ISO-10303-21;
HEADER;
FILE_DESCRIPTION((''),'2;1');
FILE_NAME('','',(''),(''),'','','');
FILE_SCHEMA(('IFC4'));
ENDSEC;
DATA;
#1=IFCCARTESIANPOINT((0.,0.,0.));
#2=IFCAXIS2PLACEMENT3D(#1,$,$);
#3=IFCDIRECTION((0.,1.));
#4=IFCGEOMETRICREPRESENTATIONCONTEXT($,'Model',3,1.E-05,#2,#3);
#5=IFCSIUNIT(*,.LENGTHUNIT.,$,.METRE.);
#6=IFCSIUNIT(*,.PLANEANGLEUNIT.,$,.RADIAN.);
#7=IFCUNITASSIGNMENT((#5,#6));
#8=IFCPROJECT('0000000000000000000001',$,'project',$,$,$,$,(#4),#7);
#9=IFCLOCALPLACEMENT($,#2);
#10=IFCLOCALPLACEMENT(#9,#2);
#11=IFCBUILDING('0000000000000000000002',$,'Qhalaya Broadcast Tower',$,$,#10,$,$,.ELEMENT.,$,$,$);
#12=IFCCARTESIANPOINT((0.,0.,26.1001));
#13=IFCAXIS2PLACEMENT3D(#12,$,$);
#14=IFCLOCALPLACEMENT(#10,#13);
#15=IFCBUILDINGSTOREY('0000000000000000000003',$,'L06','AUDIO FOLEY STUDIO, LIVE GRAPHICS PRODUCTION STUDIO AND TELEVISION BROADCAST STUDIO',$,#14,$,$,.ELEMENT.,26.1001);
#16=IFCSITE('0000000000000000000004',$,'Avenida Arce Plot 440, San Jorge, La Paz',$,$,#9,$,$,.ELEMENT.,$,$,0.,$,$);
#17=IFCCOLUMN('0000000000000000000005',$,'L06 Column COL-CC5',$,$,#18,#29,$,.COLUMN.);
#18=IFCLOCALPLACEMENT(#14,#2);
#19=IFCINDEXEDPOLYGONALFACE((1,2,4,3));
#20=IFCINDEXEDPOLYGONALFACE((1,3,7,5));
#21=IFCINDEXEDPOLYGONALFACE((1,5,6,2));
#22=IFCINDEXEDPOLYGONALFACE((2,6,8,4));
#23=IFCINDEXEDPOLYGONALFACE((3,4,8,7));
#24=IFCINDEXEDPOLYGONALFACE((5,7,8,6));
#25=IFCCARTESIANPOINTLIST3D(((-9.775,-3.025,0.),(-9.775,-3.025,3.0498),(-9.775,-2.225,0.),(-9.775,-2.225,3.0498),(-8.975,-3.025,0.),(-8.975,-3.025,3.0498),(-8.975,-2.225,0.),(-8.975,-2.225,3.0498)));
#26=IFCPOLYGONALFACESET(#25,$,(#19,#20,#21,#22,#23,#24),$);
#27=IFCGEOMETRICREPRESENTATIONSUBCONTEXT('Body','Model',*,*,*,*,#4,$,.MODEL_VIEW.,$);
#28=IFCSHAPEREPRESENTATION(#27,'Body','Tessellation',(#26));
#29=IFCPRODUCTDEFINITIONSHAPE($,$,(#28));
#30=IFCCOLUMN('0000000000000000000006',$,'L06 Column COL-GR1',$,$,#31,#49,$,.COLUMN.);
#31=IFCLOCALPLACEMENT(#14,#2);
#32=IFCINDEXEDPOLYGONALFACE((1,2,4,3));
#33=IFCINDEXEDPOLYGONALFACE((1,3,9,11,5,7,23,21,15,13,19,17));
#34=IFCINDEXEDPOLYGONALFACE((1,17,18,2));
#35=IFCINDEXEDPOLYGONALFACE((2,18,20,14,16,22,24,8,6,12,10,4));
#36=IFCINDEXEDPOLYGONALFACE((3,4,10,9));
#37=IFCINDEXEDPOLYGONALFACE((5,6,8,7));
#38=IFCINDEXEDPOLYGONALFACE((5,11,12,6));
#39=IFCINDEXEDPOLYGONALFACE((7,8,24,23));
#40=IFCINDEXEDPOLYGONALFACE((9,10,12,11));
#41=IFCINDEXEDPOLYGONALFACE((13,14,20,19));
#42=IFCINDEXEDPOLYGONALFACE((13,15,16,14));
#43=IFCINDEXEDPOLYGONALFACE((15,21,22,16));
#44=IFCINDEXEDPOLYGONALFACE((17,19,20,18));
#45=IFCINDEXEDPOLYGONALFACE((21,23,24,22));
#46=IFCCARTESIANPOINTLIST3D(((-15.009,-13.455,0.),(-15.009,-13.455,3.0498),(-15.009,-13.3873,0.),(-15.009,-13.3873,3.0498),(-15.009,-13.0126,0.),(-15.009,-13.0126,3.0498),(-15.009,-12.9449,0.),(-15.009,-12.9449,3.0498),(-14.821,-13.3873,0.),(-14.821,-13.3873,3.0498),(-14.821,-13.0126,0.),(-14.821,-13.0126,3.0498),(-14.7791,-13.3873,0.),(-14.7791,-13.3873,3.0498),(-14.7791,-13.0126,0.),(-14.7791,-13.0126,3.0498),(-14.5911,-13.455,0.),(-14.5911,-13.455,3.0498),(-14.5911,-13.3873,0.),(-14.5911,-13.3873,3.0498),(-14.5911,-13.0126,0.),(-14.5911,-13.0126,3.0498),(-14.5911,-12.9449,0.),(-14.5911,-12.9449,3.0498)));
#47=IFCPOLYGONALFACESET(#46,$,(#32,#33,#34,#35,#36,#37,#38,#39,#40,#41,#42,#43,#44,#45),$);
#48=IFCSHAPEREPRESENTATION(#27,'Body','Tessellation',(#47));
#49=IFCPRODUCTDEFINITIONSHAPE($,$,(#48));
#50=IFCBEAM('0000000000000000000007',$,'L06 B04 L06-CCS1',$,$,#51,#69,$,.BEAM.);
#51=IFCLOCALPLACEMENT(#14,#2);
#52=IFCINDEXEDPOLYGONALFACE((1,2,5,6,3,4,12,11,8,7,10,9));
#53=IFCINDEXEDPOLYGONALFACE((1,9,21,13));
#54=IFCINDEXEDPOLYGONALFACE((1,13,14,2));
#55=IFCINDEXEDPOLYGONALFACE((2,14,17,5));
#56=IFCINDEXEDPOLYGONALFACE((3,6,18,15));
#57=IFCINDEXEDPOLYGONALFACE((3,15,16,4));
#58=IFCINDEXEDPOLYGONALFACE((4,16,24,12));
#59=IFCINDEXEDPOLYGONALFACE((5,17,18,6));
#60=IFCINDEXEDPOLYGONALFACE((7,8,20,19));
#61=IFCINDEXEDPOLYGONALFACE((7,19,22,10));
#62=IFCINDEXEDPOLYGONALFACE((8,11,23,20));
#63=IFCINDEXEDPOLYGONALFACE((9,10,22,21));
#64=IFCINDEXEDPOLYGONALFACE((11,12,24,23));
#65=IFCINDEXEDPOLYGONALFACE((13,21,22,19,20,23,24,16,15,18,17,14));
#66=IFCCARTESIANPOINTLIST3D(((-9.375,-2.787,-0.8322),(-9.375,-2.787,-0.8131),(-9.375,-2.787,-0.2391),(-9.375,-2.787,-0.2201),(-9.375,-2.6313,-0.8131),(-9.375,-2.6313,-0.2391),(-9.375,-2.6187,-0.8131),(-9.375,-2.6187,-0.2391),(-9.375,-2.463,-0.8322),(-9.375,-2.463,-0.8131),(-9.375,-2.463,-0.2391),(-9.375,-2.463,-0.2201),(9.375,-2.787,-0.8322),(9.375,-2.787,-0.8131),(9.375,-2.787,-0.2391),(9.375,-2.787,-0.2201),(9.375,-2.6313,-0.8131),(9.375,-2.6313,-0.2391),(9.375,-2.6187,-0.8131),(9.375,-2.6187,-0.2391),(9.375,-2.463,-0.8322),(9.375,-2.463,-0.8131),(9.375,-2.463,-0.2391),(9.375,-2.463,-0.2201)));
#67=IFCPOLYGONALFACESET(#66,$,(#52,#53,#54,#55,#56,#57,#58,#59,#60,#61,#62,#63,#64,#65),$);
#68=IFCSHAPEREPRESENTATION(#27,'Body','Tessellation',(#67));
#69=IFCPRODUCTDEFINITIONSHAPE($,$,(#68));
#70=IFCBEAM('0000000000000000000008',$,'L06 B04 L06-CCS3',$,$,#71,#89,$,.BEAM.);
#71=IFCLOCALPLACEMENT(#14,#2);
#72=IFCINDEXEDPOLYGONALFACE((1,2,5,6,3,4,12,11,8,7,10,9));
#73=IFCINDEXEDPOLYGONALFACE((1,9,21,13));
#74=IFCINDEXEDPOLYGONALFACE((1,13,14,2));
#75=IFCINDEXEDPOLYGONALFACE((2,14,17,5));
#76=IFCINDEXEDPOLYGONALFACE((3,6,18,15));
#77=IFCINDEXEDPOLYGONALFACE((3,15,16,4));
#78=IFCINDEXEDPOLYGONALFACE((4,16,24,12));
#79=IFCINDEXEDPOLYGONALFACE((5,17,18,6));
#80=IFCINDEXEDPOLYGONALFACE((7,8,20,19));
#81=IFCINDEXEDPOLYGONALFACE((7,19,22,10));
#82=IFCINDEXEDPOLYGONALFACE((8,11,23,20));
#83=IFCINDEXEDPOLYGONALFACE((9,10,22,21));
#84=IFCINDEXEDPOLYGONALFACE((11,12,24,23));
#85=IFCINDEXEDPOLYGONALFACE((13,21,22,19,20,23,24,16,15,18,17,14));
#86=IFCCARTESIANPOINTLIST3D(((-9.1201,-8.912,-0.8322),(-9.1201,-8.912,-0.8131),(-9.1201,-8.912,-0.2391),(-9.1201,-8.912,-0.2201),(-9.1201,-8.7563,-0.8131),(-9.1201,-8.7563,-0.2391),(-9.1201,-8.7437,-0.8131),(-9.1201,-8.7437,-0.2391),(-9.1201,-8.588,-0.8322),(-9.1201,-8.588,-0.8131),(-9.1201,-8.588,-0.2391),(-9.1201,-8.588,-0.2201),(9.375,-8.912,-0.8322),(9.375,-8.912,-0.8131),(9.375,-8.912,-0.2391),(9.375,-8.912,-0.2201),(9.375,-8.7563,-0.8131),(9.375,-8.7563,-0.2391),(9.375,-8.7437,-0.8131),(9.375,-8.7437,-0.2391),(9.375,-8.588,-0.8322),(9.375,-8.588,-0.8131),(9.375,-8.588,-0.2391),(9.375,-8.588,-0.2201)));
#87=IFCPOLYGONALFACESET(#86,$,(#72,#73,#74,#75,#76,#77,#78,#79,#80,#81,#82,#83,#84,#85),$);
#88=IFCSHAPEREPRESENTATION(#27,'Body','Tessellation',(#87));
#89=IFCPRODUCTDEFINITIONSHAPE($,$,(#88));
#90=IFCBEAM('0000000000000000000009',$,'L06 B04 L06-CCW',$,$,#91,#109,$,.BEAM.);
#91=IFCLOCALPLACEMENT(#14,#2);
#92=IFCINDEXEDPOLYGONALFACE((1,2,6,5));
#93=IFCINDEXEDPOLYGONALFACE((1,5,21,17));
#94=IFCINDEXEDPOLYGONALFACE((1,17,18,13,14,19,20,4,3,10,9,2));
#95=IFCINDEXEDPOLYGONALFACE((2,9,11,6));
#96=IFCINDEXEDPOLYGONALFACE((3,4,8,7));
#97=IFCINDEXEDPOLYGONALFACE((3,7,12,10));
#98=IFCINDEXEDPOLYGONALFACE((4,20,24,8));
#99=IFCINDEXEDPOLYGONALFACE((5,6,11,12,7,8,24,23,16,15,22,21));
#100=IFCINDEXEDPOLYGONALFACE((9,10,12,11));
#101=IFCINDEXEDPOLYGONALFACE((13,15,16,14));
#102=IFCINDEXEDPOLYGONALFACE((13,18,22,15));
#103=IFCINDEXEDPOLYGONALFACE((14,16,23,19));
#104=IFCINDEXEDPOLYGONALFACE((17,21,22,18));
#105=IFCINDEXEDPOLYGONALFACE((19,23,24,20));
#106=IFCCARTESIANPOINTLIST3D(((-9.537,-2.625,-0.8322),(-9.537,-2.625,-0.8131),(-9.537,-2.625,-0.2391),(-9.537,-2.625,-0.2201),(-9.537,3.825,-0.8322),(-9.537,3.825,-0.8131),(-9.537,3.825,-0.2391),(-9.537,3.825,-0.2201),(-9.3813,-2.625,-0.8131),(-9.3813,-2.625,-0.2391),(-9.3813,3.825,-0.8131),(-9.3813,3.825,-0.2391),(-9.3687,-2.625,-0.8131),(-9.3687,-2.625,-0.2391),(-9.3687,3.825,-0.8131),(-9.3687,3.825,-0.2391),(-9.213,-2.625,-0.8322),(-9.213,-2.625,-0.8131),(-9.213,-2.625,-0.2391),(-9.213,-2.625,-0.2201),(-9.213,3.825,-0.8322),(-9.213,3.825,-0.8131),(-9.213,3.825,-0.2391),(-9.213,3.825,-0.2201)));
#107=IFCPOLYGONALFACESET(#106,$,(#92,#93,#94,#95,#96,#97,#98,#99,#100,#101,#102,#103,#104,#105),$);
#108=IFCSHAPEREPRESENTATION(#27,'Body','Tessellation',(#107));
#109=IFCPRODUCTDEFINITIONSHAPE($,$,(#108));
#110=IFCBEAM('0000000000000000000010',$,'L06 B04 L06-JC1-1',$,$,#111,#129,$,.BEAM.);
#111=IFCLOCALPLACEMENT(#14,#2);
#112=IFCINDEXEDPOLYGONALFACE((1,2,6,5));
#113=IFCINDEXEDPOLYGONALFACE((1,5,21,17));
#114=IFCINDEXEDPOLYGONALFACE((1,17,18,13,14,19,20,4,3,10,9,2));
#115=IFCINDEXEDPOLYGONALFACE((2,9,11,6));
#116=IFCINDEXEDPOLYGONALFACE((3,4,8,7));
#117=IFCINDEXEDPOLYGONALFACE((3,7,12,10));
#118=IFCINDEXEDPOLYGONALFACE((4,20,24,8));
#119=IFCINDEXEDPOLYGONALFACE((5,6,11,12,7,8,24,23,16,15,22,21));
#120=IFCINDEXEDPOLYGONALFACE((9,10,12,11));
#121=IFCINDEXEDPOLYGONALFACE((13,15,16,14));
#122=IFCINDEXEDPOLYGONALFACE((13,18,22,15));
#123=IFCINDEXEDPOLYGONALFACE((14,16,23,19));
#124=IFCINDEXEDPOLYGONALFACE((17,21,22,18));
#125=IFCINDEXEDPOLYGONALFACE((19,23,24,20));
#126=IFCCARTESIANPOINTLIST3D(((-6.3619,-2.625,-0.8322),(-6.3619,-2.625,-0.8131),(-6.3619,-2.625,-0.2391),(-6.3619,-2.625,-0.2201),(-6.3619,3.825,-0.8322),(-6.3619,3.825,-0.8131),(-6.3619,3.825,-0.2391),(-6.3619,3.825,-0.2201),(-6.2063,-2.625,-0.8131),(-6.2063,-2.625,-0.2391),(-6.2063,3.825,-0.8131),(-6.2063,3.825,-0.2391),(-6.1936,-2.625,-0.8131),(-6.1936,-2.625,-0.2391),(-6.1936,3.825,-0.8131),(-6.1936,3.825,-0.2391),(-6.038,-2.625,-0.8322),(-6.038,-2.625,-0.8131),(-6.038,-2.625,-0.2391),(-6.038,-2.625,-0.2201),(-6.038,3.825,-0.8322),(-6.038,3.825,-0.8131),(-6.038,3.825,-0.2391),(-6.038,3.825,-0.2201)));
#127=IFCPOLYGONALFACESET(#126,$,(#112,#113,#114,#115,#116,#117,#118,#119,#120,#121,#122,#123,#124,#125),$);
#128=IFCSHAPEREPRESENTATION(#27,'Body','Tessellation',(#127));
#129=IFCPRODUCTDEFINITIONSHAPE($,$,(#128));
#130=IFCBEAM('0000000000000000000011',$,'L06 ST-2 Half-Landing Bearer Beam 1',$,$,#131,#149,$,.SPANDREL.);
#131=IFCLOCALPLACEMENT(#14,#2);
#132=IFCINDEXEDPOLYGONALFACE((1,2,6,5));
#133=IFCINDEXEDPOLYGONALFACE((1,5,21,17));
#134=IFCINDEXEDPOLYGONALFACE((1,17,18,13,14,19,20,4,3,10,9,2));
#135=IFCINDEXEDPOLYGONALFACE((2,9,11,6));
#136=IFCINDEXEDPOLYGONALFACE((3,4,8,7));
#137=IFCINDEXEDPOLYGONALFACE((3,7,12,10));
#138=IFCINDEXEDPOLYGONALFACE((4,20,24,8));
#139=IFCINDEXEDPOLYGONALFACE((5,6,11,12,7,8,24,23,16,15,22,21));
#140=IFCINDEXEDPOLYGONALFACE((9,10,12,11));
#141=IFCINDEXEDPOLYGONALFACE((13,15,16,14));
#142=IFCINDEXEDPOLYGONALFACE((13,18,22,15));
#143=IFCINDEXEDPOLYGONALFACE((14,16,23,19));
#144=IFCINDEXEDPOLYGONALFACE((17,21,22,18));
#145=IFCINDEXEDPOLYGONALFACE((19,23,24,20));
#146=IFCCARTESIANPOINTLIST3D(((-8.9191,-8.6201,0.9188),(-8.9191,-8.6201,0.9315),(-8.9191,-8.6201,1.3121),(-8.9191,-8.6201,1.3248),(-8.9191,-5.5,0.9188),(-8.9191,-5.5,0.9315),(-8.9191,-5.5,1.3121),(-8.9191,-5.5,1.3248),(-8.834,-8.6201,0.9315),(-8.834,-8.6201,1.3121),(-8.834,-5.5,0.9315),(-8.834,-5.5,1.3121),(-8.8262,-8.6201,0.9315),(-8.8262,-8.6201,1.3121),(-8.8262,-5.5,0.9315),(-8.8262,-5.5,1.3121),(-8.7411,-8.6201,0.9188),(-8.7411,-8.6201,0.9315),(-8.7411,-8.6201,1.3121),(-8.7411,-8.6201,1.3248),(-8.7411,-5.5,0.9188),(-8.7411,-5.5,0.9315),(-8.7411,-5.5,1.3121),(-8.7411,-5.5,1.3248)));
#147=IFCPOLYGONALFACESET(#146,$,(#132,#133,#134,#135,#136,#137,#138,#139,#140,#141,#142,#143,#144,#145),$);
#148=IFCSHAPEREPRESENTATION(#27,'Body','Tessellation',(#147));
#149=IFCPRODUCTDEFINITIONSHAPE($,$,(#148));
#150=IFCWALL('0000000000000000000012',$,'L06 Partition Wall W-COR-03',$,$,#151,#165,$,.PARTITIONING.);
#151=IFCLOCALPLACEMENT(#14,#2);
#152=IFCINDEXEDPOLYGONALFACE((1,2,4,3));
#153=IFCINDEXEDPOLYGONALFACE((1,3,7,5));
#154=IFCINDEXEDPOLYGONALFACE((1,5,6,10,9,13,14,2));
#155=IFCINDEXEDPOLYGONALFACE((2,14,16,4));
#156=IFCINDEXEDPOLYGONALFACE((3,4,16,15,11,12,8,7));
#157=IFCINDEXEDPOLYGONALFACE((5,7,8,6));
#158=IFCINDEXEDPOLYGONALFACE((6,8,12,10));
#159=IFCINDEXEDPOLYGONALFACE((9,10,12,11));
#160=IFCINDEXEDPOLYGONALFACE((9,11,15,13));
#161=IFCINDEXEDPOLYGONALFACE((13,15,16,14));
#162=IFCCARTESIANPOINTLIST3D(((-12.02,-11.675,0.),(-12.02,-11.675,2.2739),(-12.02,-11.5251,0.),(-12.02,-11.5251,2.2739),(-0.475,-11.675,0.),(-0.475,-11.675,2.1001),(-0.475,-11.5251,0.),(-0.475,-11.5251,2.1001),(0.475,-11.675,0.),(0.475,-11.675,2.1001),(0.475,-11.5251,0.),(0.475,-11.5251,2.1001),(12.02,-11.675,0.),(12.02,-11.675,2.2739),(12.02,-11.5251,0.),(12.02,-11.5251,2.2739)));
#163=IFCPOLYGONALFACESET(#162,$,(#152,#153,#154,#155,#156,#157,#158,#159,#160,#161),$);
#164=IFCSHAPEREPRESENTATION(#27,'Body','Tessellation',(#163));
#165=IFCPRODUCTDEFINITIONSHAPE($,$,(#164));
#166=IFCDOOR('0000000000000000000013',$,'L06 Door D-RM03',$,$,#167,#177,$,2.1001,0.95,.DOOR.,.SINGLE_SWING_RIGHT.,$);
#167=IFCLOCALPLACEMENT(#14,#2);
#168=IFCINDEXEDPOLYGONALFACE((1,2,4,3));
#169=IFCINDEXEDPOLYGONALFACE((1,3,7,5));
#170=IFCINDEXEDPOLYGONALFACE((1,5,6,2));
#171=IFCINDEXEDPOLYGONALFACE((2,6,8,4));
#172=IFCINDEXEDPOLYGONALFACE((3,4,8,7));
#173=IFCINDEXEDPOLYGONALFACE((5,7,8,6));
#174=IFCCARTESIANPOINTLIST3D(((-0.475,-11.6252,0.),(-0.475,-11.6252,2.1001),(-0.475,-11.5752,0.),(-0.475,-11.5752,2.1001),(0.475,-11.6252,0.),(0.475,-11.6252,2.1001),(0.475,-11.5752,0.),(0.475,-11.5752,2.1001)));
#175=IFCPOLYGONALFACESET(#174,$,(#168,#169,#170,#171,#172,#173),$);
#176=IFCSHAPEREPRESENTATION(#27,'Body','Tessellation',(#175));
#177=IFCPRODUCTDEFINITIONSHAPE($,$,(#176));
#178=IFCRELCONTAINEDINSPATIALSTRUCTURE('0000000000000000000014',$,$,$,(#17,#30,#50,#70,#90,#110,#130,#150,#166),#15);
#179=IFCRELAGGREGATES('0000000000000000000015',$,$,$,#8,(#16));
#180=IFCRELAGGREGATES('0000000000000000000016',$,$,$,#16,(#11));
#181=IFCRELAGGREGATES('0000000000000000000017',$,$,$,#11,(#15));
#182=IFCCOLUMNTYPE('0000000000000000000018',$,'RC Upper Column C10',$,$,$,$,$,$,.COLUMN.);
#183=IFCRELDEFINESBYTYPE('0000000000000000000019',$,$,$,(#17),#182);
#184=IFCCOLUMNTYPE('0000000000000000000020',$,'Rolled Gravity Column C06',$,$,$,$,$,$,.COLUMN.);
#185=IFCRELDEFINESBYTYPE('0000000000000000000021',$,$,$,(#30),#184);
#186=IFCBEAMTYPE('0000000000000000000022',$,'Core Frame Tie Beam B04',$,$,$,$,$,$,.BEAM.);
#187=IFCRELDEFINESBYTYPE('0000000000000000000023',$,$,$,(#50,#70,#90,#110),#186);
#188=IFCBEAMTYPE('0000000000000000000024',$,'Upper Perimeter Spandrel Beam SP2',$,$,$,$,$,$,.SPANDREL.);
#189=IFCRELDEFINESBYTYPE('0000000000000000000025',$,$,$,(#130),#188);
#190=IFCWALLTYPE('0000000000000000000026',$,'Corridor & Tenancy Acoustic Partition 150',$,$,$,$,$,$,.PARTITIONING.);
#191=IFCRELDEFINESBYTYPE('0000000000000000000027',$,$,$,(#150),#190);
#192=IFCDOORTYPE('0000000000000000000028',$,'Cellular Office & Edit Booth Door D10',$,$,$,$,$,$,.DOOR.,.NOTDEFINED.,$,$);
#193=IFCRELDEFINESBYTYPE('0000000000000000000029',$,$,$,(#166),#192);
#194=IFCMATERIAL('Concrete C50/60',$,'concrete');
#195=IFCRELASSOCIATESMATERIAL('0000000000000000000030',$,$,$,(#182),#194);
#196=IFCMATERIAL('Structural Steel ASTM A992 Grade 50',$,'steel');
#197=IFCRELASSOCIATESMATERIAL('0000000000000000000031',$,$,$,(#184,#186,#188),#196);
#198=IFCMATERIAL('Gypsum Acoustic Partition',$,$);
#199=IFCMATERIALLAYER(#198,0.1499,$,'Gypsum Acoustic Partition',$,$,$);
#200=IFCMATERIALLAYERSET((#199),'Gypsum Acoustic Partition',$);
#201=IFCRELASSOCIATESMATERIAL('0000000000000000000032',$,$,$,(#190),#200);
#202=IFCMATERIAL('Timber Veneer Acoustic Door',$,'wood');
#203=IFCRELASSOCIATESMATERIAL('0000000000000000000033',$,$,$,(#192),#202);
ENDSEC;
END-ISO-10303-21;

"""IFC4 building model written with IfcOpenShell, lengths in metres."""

from ifc_helpers import new_model, si_unit, direction, frame, frame_2d, origin, origin_2d, place, context, subcontext, project, spatial, rectangle, i_section, extrude, material, layer, layer_set, material_profile, profile_set, type_object, element, fill, save


model = new_model("IFC4")

# Units and contexts
model_context = context("Model", 3, precision=1e-05, world=origin(), true_north=direction((0.0, 1.0)))
body_context = subcontext(model_context, "Body", "Model", "MODEL_VIEW")
ifc_project = project(units=[si_unit("LENGTHUNIT", "METRE"), si_unit("PLANEANGLEUNIT", "RADIAN")], contexts=[model_context])

# Site, building, storey
site_placement = place(None, origin())
site = spatial("IfcSite", under=ifc_project, at=site_placement, Name="Avenida Arce Plot 440, San Jorge, La Paz", CompositionType="ELEMENT", RefElevation=0.0)
building_placement = place(site_placement, origin())
building = spatial("IfcBuilding", under=site, at=building_placement, Name="Qhalaya Broadcast Tower", CompositionType="ELEMENT")
storey_placement = place(building_placement, frame((0.0, 0.0, 26.1001)))
storey = spatial("IfcBuildingStorey", under=building, at=storey_placement, Name="L06", Description="AUDIO FOLEY STUDIO, LIVE GRAPHICS PRODUCTION STUDIO AND TELEVISION BROADCAST STUDIO", CompositionType="ELEMENT", Elevation=26.1001)

# Columns
ifc_material_1 = material(Name="Concrete C50/60", Category="concrete")
ifc_material_profile_1 = material_profile(ifc_material_1, rectangle(XDim=0.8, YDim=0.8, at=origin_2d()), Name="RC-COL 800x800")
ifc_profile_set_1 = profile_set([ifc_material_profile_1], Name="Concrete C50/60")
column_type_1 = type_object("IfcColumnType", Name="RC Upper Column C10", PredefinedType="COLUMN", material=ifc_profile_set_1)
column_1_placement = place(storey_placement, frame((-9.375, -2.625, 0.0), z_axis=(0.0, 0.0, 1.0), x_axis=(1.0, 0.0, 0.0)))
element("IfcColumn", 1, at=column_1_placement, inside=storey, type_object=column_type_1, Name="L06 Column COL-CC5", PredefinedType="COLUMN", context=body_context, shape_type="SweptSolid", body=[
    extrude(rectangle(XDim=0.8, YDim=0.8, at=origin_2d()), origin(), (0.0, 0.0, 1.0), 3.0498),
])
ifc_material_2 = material(Name="Structural Steel ASTM A992 Grade 50", Category="steel")
ifc_material_profile_2 = material_profile(ifc_material_2, i_section(OverallWidth=0.418, OverallDepth=0.51, WebThickness=0.042, FlangeThickness=0.0676, at=origin_2d()), Name="W14X370")
ifc_profile_set_2 = profile_set([ifc_material_profile_2], Name="Structural Steel ASTM A992 Grade 50")
column_type_2 = type_object("IfcColumnType", Name="Rolled Gravity Column C06", PredefinedType="COLUMN", material=ifc_profile_set_2)
column_2_placement = place(storey_placement, frame((-14.8, -13.2, 0.0), z_axis=(0.0, 0.0, 1.0), x_axis=(1.0, 0.0, 0.0)))
element("IfcColumn", 2, at=column_2_placement, inside=storey, type_object=column_type_2, Name="L06 Column COL-GR1", PredefinedType="COLUMN", context=body_context, shape_type="SweptSolid", body=[
    extrude(i_section(OverallWidth=0.418, OverallDepth=0.51, WebThickness=0.042, FlangeThickness=0.0676, at=origin_2d()), origin(), (0.0, 0.0, 1.0), 3.0498),
])

# Beams
ifc_material_profile_3 = material_profile(ifc_material_2, i_section(OverallWidth=0.324, OverallDepth=0.6121, WebThickness=0.0127, FlangeThickness=0.019, at=origin_2d()), Name="W24X104")
ifc_profile_set_3 = profile_set([ifc_material_profile_3], Name="Structural Steel ASTM A992 Grade 50")
beam_type_1 = type_object("IfcBeamType", Name="Core Frame Tie Beam B04", PredefinedType="BEAM", material=ifc_profile_set_3)
beam_1_placement = place(storey_placement, frame((-9.375, -2.625, -0.5261), z_axis=(1.0, 0.0, 0.0), x_axis=(0.0, 1.0, 0.0)))
element("IfcBeam", 3, at=beam_1_placement, inside=storey, type_object=beam_type_1, Name="L06 B04 L06-CCS1", PredefinedType="BEAM", context=body_context, shape_type="SweptSolid", body=[
    extrude(i_section(OverallWidth=0.324, OverallDepth=0.6121, WebThickness=0.0127, FlangeThickness=0.019, at=origin_2d()), origin(), (0.0, 0.0, 1.0), 18.75),
])
beam_2_placement = place(storey_placement, frame((-9.1201, -8.75, -0.5261), z_axis=(1.0, 0.0, 0.0), x_axis=(0.0, 1.0, 0.0)))
element("IfcBeam", 4, at=beam_2_placement, inside=storey, type_object=beam_type_1, Name="L06 B04 L06-CCS3", PredefinedType="BEAM", context=body_context, shape_type="SweptSolid", body=[
    extrude(i_section(OverallWidth=0.324, OverallDepth=0.6121, WebThickness=0.0127, FlangeThickness=0.019, at=origin_2d()), origin(), (0.0, 0.0, 1.0), 18.4951),
])
for number, where, z_axis, x_axis, name in (
    (5, (-9.375, -2.625, -0.5261), (0.0, 1.0, 0.0), (-1.0, 0.0, 0.0), "L06 B04 L06-CCW"),
    (6, (-6.2, -2.625, -0.5261), (0.0, 1.0, 0.0), (-1.0, 0.0, 0.0), "L06 B04 L06-JC1-1"),
):
    element("IfcBeam", number, at=place(storey_placement, frame(where, z_axis=z_axis, x_axis=x_axis)), inside=storey, type_object=beam_type_1, Name=name, PredefinedType="BEAM", context=body_context, shape_type="SweptSolid", body=[
        extrude(i_section(OverallWidth=0.324, OverallDepth=0.6121, WebThickness=0.0127, FlangeThickness=0.019, at=origin_2d()), origin(), (0.0, 0.0, 1.0), 6.45),
    ])
ifc_material_profile_4 = material_profile(ifc_material_2, i_section(OverallWidth=0.178, OverallDepth=0.406, WebThickness=0.0078, FlangeThickness=0.0127, at=origin_2d()), Name="W16X40")
ifc_profile_set_4 = profile_set([ifc_material_profile_4], Name="Structural Steel ASTM A992 Grade 50")
beam_type_2 = type_object("IfcBeamType", Name="Upper Perimeter Spandrel Beam SP2", PredefinedType="SPANDREL", material=ifc_profile_set_4)
beam_3_placement = place(storey_placement, frame((-8.8301, -8.6201, 1.1218), z_axis=(0.0, 1.0, 0.0), x_axis=(-1.0, 0.0, 0.0)))
element("IfcBeam", 7, at=beam_3_placement, inside=storey, type_object=beam_type_2, Name="L06 ST-2 Half-Landing Bearer Beam 1", PredefinedType="SPANDREL", context=body_context, shape_type="SweptSolid", body=[
    extrude(i_section(OverallWidth=0.178, OverallDepth=0.406, WebThickness=0.0078, FlangeThickness=0.0127, at=origin_2d()), origin(), (0.0, 0.0, 1.0), 3.1201),
])

# Wall, opening, door
ifc_material_3 = material(Name="Gypsum Acoustic Partition")
ifc_layer_1 = layer(ifc_material_3, 0.1499, Name="Gypsum Acoustic Partition")
ifc_layer_set_1 = layer_set([ifc_layer_1], Name="Gypsum Acoustic Partition")
wall_type_1 = type_object("IfcWallType", Name="Corridor & Tenancy Acoustic Partition 150", PredefinedType="PARTITIONING", material=ifc_layer_set_1)
wall_1_placement = place(storey_placement, frame((-12.02, -11.6001, 0.0), z_axis=(0.0, 0.0, 1.0), x_axis=(1.0, 0.0, 0.0)))
wall_1 = element("IfcWall", 8, at=wall_1_placement, inside=storey, type_object=wall_type_1, Name="L06 Partition Wall W-COR-03", PredefinedType="PARTITIONING", context=body_context, shape_type="SweptSolid", body=[
    extrude(rectangle(XDim=24.04, YDim=0.1499, at=frame_2d((12.02, 0.0))), origin(), (0.0, 0.0, 1.0), 2.2739),
])
opening_1_placement = place(wall_1_placement, frame((11.5449, 0.0, 0.0)))
opening_1 = element("IfcOpeningElement", 9, at=opening_1_placement, cuts=wall_1, PredefinedType="OPENING", context=body_context, shape_type="SweptSolid", body=[
    extrude(rectangle(XDim=0.95, YDim=2.1001, at=frame_2d((0.4751, 1.05))), frame((0.0, 0.0869, 0.0), z_axis=(0.0, -1.0, 0.0), x_axis=(1.0, 0.0, 0.0)), (0.0, 0.0, 1.0), 0.1738),
])
ifc_material_4 = material(Name="Timber Veneer Acoustic Door", Category="wood")
door_type_1 = type_object("IfcDoorType", Name="Cellular Office & Edit Booth Door D10", OperationType="NOTDEFINED", PredefinedType="DOOR", material=ifc_material_4)
door_1_placement = place(opening_1_placement, origin())
door_1 = element("IfcDoor", 10, at=door_1_placement, inside=storey, type_object=door_type_1, Name="L06 Door D-RM03", OperationType="SINGLE_SWING_RIGHT", OverallHeight=2.1001, OverallWidth=0.95, PredefinedType="DOOR", context=body_context, shape_type="SweptSolid", body=[
    extrude(rectangle(XDim=0.95, YDim=2.1001, at=frame_2d((0.4751, 1.05))), frame((0.0, 0.0249, 0.0), z_axis=(0.0, -1.0, 0.0), x_axis=(1.0, 0.0, 0.0)), (0.0, 0.0, 1.0), 0.05),
])
fill(opening_1, door_1)

save(model, "model.ifc")
